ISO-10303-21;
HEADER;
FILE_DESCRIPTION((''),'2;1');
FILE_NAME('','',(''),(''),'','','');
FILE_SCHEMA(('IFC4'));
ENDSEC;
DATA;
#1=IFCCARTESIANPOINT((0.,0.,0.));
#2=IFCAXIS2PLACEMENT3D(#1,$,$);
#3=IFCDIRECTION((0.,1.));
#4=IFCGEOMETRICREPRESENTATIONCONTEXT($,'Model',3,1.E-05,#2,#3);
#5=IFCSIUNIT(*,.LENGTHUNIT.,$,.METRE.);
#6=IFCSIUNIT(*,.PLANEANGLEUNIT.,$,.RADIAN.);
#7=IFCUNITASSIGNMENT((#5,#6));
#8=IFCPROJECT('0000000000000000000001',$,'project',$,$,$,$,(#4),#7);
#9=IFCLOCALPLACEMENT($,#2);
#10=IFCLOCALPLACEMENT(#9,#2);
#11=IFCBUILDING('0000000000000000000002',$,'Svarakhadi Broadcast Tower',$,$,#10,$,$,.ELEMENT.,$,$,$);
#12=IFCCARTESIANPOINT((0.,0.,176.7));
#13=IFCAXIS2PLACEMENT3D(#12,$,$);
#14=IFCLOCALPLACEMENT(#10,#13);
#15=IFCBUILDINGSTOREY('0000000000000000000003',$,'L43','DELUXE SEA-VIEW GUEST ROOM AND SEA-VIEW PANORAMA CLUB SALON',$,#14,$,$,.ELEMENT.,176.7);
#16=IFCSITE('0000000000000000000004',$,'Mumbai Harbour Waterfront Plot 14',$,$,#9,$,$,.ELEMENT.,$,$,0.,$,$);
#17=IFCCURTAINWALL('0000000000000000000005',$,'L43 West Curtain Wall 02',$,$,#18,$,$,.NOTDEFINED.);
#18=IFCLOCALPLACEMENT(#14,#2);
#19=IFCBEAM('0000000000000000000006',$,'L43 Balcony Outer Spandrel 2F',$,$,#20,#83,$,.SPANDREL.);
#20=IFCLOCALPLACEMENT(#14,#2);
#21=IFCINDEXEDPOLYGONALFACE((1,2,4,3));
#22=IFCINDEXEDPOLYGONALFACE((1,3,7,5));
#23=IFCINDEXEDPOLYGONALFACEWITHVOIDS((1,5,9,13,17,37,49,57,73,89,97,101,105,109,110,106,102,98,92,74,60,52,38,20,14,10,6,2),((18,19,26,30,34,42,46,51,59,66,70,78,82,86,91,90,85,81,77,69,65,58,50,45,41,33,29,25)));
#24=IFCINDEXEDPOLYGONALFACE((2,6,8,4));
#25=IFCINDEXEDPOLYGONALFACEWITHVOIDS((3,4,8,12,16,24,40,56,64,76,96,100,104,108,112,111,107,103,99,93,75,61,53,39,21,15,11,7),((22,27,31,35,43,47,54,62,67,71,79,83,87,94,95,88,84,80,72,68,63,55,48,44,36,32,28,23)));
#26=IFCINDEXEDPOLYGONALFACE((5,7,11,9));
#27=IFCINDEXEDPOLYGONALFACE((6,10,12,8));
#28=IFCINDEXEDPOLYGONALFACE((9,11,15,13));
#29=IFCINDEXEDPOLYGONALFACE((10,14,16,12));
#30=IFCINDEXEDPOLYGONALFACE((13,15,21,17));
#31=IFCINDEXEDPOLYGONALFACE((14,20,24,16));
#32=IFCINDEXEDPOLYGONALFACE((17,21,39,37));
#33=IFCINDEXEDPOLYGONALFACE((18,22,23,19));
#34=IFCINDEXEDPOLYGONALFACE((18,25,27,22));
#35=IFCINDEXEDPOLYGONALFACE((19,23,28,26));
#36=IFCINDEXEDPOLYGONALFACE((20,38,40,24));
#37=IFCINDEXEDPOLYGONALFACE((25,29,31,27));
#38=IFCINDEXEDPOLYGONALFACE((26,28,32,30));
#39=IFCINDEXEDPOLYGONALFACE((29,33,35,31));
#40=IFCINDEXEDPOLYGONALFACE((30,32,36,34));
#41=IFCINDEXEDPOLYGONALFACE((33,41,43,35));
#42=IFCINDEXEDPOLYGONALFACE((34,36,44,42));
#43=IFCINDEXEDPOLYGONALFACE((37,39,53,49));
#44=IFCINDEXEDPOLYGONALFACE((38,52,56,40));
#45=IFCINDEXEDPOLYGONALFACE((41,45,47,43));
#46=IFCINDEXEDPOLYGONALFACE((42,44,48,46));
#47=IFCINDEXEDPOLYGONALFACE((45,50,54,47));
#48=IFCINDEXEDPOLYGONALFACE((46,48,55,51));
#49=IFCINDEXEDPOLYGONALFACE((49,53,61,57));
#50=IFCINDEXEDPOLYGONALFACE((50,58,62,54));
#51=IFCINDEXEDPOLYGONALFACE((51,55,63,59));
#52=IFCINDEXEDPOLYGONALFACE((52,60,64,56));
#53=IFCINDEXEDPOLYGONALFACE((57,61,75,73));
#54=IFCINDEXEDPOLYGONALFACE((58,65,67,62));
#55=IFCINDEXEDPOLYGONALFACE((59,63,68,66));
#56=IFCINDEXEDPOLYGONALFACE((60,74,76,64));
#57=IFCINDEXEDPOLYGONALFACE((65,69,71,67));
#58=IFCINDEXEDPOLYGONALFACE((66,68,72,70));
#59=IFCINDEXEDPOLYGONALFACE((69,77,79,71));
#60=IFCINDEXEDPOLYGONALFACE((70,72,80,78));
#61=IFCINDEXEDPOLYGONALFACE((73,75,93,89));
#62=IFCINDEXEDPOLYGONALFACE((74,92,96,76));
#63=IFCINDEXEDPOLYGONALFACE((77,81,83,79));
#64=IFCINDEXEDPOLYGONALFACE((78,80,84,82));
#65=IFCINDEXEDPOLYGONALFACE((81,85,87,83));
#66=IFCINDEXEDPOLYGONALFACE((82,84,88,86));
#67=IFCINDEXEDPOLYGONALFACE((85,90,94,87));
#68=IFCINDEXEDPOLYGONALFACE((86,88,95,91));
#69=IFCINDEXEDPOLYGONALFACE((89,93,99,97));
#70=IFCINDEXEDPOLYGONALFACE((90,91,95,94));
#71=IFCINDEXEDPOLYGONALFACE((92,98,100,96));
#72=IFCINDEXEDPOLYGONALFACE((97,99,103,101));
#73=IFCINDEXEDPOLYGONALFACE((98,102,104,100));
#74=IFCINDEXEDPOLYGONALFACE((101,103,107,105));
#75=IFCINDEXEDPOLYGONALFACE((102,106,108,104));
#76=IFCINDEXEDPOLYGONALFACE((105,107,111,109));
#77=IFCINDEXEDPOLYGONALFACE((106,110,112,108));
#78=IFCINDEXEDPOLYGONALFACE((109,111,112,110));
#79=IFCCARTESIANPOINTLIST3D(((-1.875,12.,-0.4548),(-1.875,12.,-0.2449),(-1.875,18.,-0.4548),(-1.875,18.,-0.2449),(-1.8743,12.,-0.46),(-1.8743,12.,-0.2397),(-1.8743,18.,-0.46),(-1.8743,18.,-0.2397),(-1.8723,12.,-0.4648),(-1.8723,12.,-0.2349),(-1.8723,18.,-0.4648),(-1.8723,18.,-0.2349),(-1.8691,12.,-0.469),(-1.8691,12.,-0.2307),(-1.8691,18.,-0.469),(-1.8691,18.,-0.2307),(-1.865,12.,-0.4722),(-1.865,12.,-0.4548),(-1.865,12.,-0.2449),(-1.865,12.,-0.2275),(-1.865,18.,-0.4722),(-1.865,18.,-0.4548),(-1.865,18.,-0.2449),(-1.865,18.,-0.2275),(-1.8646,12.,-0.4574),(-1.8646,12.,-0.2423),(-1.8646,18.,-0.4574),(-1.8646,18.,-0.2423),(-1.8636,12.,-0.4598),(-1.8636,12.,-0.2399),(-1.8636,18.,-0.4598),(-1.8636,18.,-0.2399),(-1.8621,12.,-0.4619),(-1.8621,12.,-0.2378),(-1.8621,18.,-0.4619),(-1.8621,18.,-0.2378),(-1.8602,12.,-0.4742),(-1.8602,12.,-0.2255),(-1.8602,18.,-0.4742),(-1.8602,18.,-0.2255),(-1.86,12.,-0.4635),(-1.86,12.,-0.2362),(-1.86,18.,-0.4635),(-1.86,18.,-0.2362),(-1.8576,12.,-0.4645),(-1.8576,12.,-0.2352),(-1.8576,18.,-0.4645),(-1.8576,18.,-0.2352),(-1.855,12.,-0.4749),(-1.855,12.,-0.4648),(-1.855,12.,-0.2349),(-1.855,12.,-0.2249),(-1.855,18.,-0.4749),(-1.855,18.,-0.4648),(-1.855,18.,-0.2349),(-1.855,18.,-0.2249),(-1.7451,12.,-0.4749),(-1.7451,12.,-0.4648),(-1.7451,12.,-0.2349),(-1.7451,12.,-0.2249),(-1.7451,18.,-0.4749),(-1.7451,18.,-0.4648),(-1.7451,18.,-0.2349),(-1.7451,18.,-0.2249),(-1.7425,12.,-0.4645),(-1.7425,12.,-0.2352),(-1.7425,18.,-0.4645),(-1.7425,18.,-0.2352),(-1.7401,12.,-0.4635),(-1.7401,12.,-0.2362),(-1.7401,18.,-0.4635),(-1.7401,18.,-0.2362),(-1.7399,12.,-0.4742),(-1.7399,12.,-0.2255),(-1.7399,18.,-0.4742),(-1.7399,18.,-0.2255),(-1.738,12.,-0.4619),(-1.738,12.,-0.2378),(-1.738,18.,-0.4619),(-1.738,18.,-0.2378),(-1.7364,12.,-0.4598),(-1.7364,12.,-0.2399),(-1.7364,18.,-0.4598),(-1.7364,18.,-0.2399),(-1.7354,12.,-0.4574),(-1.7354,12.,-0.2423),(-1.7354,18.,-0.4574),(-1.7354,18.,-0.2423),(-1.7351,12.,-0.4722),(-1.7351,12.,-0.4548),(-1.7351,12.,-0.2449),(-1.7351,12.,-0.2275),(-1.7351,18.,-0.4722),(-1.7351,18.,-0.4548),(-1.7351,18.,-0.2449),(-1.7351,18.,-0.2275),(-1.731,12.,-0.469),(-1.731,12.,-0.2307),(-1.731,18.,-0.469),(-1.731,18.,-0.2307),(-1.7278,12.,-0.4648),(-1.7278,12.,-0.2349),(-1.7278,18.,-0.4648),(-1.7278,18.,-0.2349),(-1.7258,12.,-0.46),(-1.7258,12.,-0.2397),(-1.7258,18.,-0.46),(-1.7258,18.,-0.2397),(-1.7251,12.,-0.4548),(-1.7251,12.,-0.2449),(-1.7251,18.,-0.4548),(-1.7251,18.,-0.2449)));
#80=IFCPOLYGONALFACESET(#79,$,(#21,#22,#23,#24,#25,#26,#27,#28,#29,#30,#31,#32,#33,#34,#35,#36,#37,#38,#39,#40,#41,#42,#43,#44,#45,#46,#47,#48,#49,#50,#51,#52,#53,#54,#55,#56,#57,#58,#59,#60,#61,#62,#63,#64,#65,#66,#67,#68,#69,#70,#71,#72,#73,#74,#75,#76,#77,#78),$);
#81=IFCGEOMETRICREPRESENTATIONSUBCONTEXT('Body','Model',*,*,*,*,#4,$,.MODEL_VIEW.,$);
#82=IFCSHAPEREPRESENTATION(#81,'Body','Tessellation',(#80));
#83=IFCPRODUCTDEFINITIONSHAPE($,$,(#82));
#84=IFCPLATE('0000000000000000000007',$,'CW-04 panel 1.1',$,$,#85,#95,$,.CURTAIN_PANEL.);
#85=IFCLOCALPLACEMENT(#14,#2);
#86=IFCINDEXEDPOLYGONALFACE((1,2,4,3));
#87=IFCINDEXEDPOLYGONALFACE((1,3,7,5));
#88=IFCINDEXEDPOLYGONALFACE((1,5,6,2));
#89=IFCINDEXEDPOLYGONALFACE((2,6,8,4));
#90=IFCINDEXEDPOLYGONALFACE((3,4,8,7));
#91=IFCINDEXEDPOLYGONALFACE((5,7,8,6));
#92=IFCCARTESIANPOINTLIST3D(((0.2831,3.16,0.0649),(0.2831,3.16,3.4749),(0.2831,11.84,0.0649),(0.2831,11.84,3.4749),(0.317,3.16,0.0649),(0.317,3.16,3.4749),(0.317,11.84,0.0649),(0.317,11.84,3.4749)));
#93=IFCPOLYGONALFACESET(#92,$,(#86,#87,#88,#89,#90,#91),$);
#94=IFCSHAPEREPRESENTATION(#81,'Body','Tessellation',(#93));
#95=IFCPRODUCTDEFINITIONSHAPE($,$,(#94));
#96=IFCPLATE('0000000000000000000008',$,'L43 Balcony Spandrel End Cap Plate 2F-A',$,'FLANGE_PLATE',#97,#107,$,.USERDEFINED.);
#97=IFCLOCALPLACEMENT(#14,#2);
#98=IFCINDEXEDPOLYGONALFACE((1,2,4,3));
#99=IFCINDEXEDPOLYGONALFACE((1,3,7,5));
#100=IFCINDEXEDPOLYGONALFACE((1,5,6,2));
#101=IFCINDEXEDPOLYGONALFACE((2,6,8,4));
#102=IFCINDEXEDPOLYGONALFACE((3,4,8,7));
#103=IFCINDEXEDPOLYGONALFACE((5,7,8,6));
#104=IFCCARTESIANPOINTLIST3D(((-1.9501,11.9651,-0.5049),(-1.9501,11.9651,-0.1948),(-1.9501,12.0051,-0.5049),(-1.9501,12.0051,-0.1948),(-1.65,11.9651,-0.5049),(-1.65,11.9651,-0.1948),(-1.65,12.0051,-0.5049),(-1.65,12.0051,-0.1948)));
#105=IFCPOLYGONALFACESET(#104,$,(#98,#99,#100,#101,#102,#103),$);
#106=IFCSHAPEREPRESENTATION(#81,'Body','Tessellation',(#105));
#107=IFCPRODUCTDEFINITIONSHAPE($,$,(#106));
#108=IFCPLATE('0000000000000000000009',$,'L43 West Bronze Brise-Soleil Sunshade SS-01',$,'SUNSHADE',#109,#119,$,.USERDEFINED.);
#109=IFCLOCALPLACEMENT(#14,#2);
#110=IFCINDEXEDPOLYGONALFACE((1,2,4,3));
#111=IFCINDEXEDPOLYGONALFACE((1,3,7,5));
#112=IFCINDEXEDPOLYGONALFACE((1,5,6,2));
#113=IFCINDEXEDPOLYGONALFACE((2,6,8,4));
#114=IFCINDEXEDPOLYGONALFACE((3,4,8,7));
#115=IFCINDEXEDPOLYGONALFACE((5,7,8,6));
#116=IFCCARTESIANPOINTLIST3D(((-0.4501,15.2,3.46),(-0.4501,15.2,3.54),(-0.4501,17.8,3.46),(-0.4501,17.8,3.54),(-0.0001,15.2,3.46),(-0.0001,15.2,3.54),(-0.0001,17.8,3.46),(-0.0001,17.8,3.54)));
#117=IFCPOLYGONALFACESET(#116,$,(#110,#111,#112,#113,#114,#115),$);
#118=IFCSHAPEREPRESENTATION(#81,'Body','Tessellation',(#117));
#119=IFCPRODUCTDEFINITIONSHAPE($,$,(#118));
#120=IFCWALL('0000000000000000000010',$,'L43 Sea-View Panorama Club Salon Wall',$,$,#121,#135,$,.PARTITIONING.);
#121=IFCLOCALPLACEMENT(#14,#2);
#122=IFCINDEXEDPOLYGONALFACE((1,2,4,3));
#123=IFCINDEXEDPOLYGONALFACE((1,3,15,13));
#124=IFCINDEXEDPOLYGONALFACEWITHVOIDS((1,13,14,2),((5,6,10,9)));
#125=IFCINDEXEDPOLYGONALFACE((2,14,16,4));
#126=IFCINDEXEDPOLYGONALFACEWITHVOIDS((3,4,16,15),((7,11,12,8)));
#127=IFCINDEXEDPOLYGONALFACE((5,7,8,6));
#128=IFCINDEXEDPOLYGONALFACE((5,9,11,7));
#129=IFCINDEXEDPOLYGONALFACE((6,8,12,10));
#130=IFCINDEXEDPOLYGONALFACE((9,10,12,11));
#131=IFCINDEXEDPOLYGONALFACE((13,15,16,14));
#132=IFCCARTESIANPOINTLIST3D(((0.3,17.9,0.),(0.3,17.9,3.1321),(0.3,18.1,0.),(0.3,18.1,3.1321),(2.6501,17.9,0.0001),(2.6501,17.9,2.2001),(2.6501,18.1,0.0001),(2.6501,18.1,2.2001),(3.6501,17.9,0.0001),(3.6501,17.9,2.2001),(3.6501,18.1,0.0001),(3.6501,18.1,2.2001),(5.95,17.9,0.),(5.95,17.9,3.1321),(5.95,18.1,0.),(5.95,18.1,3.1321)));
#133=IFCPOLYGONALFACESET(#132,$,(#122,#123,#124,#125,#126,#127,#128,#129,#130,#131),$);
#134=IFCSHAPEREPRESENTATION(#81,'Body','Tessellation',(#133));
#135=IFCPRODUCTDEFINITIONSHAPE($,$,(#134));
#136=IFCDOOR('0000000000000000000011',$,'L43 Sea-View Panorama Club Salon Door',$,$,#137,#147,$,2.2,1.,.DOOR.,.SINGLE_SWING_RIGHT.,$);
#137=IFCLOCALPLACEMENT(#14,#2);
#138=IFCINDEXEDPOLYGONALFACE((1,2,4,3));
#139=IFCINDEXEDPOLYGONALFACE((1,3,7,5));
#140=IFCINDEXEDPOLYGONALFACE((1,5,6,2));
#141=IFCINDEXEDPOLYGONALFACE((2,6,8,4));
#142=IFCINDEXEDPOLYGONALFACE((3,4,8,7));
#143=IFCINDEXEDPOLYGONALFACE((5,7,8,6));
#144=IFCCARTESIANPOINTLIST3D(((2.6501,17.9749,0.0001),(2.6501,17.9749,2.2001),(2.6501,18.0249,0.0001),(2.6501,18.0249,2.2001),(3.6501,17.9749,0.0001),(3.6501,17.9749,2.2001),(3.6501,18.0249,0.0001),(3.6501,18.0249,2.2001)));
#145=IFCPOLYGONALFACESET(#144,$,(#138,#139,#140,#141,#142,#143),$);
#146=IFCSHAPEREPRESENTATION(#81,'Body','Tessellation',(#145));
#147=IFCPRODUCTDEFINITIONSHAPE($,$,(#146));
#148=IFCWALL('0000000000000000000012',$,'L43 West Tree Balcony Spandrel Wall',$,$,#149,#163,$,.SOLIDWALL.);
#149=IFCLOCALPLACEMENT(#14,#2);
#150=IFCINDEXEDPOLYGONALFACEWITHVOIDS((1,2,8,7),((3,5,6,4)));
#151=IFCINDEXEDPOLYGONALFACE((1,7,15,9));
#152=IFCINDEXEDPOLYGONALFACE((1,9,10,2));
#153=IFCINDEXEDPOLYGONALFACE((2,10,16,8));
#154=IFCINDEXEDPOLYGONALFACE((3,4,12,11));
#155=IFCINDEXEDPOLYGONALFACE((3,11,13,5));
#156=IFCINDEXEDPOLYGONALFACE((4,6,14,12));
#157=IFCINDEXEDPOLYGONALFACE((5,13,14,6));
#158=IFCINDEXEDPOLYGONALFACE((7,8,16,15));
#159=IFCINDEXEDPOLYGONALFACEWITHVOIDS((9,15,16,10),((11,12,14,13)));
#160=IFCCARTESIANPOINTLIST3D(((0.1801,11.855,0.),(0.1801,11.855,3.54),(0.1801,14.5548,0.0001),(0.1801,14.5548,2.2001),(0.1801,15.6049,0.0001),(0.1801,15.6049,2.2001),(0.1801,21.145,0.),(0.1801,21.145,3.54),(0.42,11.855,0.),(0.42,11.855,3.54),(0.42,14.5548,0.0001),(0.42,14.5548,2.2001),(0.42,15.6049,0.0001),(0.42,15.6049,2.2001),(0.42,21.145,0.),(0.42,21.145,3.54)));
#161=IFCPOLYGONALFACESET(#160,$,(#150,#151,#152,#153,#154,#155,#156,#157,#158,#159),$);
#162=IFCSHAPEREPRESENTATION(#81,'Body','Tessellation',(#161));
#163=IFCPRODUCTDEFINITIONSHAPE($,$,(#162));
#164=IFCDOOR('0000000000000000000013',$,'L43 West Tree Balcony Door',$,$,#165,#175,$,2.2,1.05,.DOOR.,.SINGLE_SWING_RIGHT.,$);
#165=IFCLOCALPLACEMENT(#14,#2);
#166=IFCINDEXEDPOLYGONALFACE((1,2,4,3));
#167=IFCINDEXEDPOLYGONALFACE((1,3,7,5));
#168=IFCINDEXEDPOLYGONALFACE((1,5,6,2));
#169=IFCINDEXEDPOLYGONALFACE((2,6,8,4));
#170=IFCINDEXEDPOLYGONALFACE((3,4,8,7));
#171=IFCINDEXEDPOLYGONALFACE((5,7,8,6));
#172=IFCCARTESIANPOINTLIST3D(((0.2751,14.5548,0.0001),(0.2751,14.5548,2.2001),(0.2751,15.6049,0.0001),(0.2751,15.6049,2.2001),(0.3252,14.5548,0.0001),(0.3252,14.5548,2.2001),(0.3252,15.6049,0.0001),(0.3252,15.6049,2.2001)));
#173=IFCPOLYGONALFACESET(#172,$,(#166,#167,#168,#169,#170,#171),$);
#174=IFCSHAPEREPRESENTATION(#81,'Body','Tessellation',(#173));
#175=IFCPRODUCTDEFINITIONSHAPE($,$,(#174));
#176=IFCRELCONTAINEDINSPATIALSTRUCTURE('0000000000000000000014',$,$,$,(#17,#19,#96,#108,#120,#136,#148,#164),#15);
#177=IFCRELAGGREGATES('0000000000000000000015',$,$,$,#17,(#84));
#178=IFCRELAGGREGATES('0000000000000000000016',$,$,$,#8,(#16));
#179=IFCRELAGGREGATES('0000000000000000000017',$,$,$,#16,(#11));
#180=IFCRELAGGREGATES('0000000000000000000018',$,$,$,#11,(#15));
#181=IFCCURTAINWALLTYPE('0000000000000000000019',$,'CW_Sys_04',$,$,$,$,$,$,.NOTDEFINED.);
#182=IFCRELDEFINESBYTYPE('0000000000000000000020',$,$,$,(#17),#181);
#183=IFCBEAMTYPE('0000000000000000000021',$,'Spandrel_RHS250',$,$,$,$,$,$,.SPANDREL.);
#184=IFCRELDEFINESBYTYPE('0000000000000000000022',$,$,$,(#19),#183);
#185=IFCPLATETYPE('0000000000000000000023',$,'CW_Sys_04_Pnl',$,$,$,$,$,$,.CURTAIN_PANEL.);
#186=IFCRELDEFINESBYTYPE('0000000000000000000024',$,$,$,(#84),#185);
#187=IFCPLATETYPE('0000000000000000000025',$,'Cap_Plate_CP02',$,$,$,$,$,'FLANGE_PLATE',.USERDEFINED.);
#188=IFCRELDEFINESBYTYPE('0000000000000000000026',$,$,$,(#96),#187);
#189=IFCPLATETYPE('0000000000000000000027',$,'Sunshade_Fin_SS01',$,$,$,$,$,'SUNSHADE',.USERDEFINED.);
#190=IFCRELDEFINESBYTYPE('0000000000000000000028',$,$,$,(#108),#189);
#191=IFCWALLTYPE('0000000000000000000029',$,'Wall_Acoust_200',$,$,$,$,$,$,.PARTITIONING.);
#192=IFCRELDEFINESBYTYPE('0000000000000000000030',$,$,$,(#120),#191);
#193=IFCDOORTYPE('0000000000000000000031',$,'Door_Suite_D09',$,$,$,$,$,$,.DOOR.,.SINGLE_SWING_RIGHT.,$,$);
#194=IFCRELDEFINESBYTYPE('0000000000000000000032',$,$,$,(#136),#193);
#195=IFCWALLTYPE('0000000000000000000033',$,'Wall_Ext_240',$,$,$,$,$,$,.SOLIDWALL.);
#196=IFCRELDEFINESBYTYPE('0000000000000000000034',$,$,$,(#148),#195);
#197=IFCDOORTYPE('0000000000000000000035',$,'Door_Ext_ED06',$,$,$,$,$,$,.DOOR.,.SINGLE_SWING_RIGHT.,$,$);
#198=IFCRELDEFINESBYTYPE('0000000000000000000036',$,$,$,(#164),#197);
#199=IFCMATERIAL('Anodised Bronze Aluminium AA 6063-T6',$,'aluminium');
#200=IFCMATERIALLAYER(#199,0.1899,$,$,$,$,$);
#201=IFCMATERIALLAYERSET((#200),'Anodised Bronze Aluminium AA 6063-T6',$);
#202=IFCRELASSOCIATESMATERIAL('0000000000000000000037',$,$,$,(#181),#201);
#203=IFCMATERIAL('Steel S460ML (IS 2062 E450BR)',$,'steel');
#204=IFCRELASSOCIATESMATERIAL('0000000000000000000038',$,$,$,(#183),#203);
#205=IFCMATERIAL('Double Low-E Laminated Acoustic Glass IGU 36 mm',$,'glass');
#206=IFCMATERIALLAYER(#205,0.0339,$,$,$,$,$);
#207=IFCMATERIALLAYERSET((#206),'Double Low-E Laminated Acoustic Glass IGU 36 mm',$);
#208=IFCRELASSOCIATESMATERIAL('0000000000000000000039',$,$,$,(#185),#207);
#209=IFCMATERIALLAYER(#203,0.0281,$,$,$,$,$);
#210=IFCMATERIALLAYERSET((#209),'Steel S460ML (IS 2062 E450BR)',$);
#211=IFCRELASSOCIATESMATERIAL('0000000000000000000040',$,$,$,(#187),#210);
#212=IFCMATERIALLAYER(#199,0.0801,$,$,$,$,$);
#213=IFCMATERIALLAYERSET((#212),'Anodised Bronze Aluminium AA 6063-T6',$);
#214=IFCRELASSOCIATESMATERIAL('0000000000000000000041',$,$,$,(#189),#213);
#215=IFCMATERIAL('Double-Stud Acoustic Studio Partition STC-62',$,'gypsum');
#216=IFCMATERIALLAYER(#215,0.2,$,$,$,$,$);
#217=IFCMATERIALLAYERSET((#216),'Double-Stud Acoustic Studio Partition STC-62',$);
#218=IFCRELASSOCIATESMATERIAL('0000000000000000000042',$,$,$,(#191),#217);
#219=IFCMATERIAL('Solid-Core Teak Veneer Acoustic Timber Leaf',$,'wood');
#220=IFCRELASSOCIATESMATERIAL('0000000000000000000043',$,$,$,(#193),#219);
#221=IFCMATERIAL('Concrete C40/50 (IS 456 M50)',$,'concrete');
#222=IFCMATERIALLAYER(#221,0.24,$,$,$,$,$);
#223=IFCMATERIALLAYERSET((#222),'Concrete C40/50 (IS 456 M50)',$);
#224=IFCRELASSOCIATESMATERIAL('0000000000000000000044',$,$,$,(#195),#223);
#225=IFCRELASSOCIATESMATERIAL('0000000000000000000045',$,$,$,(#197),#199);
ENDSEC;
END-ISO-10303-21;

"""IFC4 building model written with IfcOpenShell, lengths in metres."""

from ifc_helpers import new_model, si_unit, direction, frame, frame_2d, origin, origin_2d, place, context, subcontext, project, spatial, rectangle, hollow_rectangle, extrude, material, layer, layer_set, material_profile, profile_set, type_object, element, fill, aggregate, save


model = new_model("IFC4")

# Units and contexts
model_context = context("Model", 3, precision=1e-05, world=origin(), true_north=direction((0.0, 1.0)))
body_context = subcontext(model_context, "Body", "Model", "MODEL_VIEW")
ifc_project = project(units=[si_unit("LENGTHUNIT", "METRE"), si_unit("PLANEANGLEUNIT", "RADIAN")], contexts=[model_context])

# Site, building, storey
site_placement = place(None, origin())
site = spatial("IfcSite", under=ifc_project, at=site_placement, Name="Mumbai Harbour Waterfront Plot 14", CompositionType="ELEMENT", RefElevation=0.0)
building_placement = place(site_placement, origin())
building = spatial("IfcBuilding", under=site, at=building_placement, Name="Svarakhadi Broadcast Tower", CompositionType="ELEMENT")
storey_placement = place(building_placement, frame((0.0, 0.0, 176.7)))
storey = spatial("IfcBuildingStorey", under=building, at=storey_placement, Name="L43", Description="DELUXE SEA-VIEW GUEST ROOM AND SEA-VIEW PANORAMA CLUB SALON", CompositionType="ELEMENT", Elevation=176.7)

# Shared definitions
ifc_material_1 = material(Name="Steel S460ML (IS 2062 E450BR)", Category="steel")

# Curtain wall
ifc_material_2 = material(Name="Anodised Bronze Aluminium AA 6063-T6", Category="aluminium")
ifc_layer_1 = layer(ifc_material_2, 0.1899)
ifc_layer_set_1 = layer_set([ifc_layer_1], Name="Anodised Bronze Aluminium AA 6063-T6")
curtain_wall_type = type_object("IfcCurtainWallType", Name="CW_Sys_04", PredefinedType="NOTDEFINED", material=ifc_layer_set_1)
curtain_wall_placement = place(storey_placement, origin())
curtain_wall = element("IfcCurtainWall", 1, at=curtain_wall_placement, inside=storey, type_object=curtain_wall_type, Name="L43 West Curtain Wall 02", PredefinedType="NOTDEFINED")

# Beam
ifc_material_profile_1 = material_profile(ifc_material_1, hollow_rectangle(XDim=0.1499, YDim=0.25, WallThickness=0.01, InnerFilletRadius=0.01, OuterFilletRadius=0.02, at=origin_2d()), Name="RHS 250x150x10")
ifc_profile_set_1 = profile_set([ifc_material_profile_1], Name="Steel S460ML (IS 2062 E450BR)")
beam_type_1 = type_object("IfcBeamType", Name="Spandrel_RHS250", PredefinedType="SPANDREL", material=ifc_profile_set_1)
beam_placement = place(storey_placement, frame((-1.8, 12.0, -0.3499), z_axis=(0.0, 1.0, 0.0), x_axis=(-1.0, 0.0, 0.0)))
element("IfcBeam", 2, at=beam_placement, inside=storey, type_object=beam_type_1, Name="L43 Balcony Outer Spandrel 2F", PredefinedType="SPANDREL", context=body_context, shape_type="SweptSolid", body=[
    extrude(hollow_rectangle(XDim=0.1499, YDim=0.25, WallThickness=0.01, InnerFilletRadius=0.01, OuterFilletRadius=0.02, at=origin_2d()), origin(), (0.0, 0.0, 1.0), 6.0),
])

# Plate
ifc_material_3 = material(Name="Double Low-E Laminated Acoustic Glass IGU 36 mm", Category="glass")
ifc_layer_2 = layer(ifc_material_3, 0.0339)
ifc_layer_set_2 = layer_set([ifc_layer_2], Name="Double Low-E Laminated Acoustic Glass IGU 36 mm")
plate_type_1 = type_object("IfcPlateType", Name="CW_Sys_04_Pnl", PredefinedType="CURTAIN_PANEL", material=ifc_layer_set_2)
plate_1_placement = place(storey_placement, frame((0.3, 7.5, 0.0649), z_axis=(0.0, 0.0, 1.0), x_axis=(0.0, 1.0, 0.0)))
plate_1 = element("IfcPlate", 3, at=plate_1_placement, type_object=plate_type_1, Name="CW-04 panel 1.1", PredefinedType="CURTAIN_PANEL", context=body_context, shape_type="SweptSolid", body=[
    extrude(rectangle(XDim=8.6799, YDim=0.0339, at=origin_2d()), origin(), (0.0, 0.0, 1.0), 3.4099),
])
aggregate(curtain_wall, [plate_1])

# Plates
ifc_layer_3 = layer(ifc_material_1, 0.0281)
ifc_layer_set_3 = layer_set([ifc_layer_3], Name="Steel S460ML (IS 2062 E450BR)")
plate_type_2 = type_object("IfcPlateType", Name="Cap_Plate_CP02", ElementType="FLANGE_PLATE", PredefinedType="USERDEFINED", material=ifc_layer_set_3)
plate_2_placement = place(storey_placement, frame((-1.8, 11.9851, -0.5049), z_axis=(0.0, 0.0, 1.0), x_axis=(1.0, 0.0, 0.0)))
element("IfcPlate", 4, at=plate_2_placement, inside=storey, type_object=plate_type_2, Name="L43 Balcony Spandrel End Cap Plate 2F-A", ObjectType="FLANGE_PLATE", PredefinedType="USERDEFINED", context=body_context, shape_type="SweptSolid", body=[
    extrude(rectangle(XDim=0.3, YDim=0.04, at=origin_2d()), origin(), (0.0, 0.0, 1.0), 0.3101),
])
ifc_layer_4 = layer(ifc_material_2, 0.0801)
ifc_layer_set_4 = layer_set([ifc_layer_4], Name="Anodised Bronze Aluminium AA 6063-T6")
plate_type_3 = type_object("IfcPlateType", Name="Sunshade_Fin_SS01", ElementType="SUNSHADE", PredefinedType="USERDEFINED", material=ifc_layer_set_4)
plate_3_placement = place(storey_placement, frame((-0.2251, 16.5, 3.46), z_axis=(0.0, 0.0, 1.0), x_axis=(0.0, 1.0, 0.0)))
element("IfcPlate", 5, at=plate_3_placement, inside=storey, type_object=plate_type_3, Name="L43 West Bronze Brise-Soleil Sunshade SS-01", ObjectType="SUNSHADE", PredefinedType="USERDEFINED", context=body_context, shape_type="SweptSolid", body=[
    extrude(rectangle(XDim=2.6001, YDim=0.45, at=origin_2d()), origin(), (0.0, 0.0, 1.0), 0.0801),
])

# Walls, openings, doors
ifc_material_4 = material(Name="Double-Stud Acoustic Studio Partition STC-62", Category="gypsum")
ifc_layer_5 = layer(ifc_material_4, 0.2)
ifc_layer_set_5 = layer_set([ifc_layer_5], Name="Double-Stud Acoustic Studio Partition STC-62")
wall_type_1 = type_object("IfcWallType", Name="Wall_Acoust_200", PredefinedType="PARTITIONING", material=ifc_layer_set_5)
wall_1_placement = place(storey_placement, frame((0.3, 18.0, 0.0), z_axis=(0.0, 0.0, 1.0), x_axis=(1.0, 0.0, 0.0)))
wall_1 = element("IfcWall", 6, at=wall_1_placement, inside=storey, type_object=wall_type_1, Name="L43 Sea-View Panorama Club Salon Wall", PredefinedType="PARTITIONING", context=body_context, shape_type="SweptSolid", body=[
    extrude(rectangle(XDim=5.6499, YDim=0.2, at=frame_2d((2.825, 0.0))), origin(), (0.0, 0.0, 1.0), 3.1321),
])
opening_1_placement = place(wall_1_placement, frame((2.3501, 0.0, 0.0)))
opening_1 = element("IfcOpeningElement", 7, at=opening_1_placement, cuts=wall_1, PredefinedType="OPENING", context=body_context, shape_type="SweptSolid", body=[
    extrude(rectangle(XDim=1.0, YDim=2.2, at=frame_2d((0.5, 1.1001))), frame((0.0, 0.1099, 0.0), z_axis=(0.0, -1.0, 0.0), x_axis=(1.0, 0.0, 0.0)), (0.0, 0.0, 1.0), 0.22),
])
ifc_material_5 = material(Name="Solid-Core Teak Veneer Acoustic Timber Leaf", Category="wood")
door_type_1 = type_object("IfcDoorType", Name="Door_Suite_D09", OperationType="SINGLE_SWING_RIGHT", PredefinedType="DOOR", material=ifc_material_5)
door_1_placement = place(opening_1_placement, origin())
door_1 = element("IfcDoor", 8, at=door_1_placement, inside=storey, type_object=door_type_1, Name="L43 Sea-View Panorama Club Salon Door", OperationType="SINGLE_SWING_RIGHT", OverallHeight=2.2, OverallWidth=1.0, PredefinedType="DOOR", context=body_context, shape_type="SweptSolid", body=[
    extrude(rectangle(XDim=1.0, YDim=2.2, at=frame_2d((0.5, 1.1001))), frame((0.0, 0.0249, 0.0), z_axis=(0.0, -1.0, 0.0), x_axis=(1.0, 0.0, 0.0)), (0.0, 0.0, 1.0), 0.05),
])
fill(opening_1, door_1)
ifc_material_6 = material(Name="Concrete C40/50 (IS 456 M50)", Category="concrete")
ifc_layer_6 = layer(ifc_material_6, 0.24)
ifc_layer_set_6 = layer_set([ifc_layer_6], Name="Concrete C40/50 (IS 456 M50)")
wall_type_2 = type_object("IfcWallType", Name="Wall_Ext_240", PredefinedType="SOLIDWALL", material=ifc_layer_set_6)
wall_2_placement = place(storey_placement, frame((0.3, 11.855, 0.0), z_axis=(0.0, 0.0, 1.0), x_axis=(0.0, 1.0, 0.0)))
wall_2 = element("IfcWall", 9, at=wall_2_placement, inside=storey, type_object=wall_type_2, Name="L43 West Tree Balcony Spandrel Wall", PredefinedType="SOLIDWALL", context=body_context, shape_type="SweptSolid", body=[
    extrude(rectangle(XDim=9.29, YDim=0.24, at=frame_2d((4.645, 0.0))), origin(), (0.0, 0.0, 1.0), 3.54),
])
opening_2_placement = place(wall_2_placement, frame((2.7, 0.0, 0.0)))
opening_2 = element("IfcOpeningElement", 10, at=opening_2_placement, cuts=wall_2, PredefinedType="OPENING", context=body_context, shape_type="SweptSolid", body=[
    extrude(rectangle(XDim=1.05, YDim=2.2, at=frame_2d((0.5249, 1.1001))), frame((0.0, 0.1299, 0.0), z_axis=(0.0, -1.0, 0.0), x_axis=(1.0, 0.0, 0.0)), (0.0, 0.0, 1.0), 0.26),
])
door_type_2 = type_object("IfcDoorType", Name="Door_Ext_ED06", OperationType="SINGLE_SWING_RIGHT", PredefinedType="DOOR", material=ifc_material_2)
door_2_placement = place(opening_2_placement, origin())
door_2 = element("IfcDoor", 11, at=door_2_placement, inside=storey, type_object=door_type_2, Name="L43 West Tree Balcony Door", OperationType="SINGLE_SWING_RIGHT", OverallHeight=2.2, OverallWidth=1.05, PredefinedType="DOOR", context=body_context, shape_type="SweptSolid", body=[
    extrude(rectangle(XDim=1.05, YDim=2.2, at=frame_2d((0.5249, 1.1001))), frame((0.0, 0.0249, 0.0), z_axis=(0.0, -1.0, 0.0), x_axis=(1.0, 0.0, 0.0)), (0.0, 0.0, 1.0), 0.05),
])
fill(opening_2, door_2)

save(model, "model.ifc")
